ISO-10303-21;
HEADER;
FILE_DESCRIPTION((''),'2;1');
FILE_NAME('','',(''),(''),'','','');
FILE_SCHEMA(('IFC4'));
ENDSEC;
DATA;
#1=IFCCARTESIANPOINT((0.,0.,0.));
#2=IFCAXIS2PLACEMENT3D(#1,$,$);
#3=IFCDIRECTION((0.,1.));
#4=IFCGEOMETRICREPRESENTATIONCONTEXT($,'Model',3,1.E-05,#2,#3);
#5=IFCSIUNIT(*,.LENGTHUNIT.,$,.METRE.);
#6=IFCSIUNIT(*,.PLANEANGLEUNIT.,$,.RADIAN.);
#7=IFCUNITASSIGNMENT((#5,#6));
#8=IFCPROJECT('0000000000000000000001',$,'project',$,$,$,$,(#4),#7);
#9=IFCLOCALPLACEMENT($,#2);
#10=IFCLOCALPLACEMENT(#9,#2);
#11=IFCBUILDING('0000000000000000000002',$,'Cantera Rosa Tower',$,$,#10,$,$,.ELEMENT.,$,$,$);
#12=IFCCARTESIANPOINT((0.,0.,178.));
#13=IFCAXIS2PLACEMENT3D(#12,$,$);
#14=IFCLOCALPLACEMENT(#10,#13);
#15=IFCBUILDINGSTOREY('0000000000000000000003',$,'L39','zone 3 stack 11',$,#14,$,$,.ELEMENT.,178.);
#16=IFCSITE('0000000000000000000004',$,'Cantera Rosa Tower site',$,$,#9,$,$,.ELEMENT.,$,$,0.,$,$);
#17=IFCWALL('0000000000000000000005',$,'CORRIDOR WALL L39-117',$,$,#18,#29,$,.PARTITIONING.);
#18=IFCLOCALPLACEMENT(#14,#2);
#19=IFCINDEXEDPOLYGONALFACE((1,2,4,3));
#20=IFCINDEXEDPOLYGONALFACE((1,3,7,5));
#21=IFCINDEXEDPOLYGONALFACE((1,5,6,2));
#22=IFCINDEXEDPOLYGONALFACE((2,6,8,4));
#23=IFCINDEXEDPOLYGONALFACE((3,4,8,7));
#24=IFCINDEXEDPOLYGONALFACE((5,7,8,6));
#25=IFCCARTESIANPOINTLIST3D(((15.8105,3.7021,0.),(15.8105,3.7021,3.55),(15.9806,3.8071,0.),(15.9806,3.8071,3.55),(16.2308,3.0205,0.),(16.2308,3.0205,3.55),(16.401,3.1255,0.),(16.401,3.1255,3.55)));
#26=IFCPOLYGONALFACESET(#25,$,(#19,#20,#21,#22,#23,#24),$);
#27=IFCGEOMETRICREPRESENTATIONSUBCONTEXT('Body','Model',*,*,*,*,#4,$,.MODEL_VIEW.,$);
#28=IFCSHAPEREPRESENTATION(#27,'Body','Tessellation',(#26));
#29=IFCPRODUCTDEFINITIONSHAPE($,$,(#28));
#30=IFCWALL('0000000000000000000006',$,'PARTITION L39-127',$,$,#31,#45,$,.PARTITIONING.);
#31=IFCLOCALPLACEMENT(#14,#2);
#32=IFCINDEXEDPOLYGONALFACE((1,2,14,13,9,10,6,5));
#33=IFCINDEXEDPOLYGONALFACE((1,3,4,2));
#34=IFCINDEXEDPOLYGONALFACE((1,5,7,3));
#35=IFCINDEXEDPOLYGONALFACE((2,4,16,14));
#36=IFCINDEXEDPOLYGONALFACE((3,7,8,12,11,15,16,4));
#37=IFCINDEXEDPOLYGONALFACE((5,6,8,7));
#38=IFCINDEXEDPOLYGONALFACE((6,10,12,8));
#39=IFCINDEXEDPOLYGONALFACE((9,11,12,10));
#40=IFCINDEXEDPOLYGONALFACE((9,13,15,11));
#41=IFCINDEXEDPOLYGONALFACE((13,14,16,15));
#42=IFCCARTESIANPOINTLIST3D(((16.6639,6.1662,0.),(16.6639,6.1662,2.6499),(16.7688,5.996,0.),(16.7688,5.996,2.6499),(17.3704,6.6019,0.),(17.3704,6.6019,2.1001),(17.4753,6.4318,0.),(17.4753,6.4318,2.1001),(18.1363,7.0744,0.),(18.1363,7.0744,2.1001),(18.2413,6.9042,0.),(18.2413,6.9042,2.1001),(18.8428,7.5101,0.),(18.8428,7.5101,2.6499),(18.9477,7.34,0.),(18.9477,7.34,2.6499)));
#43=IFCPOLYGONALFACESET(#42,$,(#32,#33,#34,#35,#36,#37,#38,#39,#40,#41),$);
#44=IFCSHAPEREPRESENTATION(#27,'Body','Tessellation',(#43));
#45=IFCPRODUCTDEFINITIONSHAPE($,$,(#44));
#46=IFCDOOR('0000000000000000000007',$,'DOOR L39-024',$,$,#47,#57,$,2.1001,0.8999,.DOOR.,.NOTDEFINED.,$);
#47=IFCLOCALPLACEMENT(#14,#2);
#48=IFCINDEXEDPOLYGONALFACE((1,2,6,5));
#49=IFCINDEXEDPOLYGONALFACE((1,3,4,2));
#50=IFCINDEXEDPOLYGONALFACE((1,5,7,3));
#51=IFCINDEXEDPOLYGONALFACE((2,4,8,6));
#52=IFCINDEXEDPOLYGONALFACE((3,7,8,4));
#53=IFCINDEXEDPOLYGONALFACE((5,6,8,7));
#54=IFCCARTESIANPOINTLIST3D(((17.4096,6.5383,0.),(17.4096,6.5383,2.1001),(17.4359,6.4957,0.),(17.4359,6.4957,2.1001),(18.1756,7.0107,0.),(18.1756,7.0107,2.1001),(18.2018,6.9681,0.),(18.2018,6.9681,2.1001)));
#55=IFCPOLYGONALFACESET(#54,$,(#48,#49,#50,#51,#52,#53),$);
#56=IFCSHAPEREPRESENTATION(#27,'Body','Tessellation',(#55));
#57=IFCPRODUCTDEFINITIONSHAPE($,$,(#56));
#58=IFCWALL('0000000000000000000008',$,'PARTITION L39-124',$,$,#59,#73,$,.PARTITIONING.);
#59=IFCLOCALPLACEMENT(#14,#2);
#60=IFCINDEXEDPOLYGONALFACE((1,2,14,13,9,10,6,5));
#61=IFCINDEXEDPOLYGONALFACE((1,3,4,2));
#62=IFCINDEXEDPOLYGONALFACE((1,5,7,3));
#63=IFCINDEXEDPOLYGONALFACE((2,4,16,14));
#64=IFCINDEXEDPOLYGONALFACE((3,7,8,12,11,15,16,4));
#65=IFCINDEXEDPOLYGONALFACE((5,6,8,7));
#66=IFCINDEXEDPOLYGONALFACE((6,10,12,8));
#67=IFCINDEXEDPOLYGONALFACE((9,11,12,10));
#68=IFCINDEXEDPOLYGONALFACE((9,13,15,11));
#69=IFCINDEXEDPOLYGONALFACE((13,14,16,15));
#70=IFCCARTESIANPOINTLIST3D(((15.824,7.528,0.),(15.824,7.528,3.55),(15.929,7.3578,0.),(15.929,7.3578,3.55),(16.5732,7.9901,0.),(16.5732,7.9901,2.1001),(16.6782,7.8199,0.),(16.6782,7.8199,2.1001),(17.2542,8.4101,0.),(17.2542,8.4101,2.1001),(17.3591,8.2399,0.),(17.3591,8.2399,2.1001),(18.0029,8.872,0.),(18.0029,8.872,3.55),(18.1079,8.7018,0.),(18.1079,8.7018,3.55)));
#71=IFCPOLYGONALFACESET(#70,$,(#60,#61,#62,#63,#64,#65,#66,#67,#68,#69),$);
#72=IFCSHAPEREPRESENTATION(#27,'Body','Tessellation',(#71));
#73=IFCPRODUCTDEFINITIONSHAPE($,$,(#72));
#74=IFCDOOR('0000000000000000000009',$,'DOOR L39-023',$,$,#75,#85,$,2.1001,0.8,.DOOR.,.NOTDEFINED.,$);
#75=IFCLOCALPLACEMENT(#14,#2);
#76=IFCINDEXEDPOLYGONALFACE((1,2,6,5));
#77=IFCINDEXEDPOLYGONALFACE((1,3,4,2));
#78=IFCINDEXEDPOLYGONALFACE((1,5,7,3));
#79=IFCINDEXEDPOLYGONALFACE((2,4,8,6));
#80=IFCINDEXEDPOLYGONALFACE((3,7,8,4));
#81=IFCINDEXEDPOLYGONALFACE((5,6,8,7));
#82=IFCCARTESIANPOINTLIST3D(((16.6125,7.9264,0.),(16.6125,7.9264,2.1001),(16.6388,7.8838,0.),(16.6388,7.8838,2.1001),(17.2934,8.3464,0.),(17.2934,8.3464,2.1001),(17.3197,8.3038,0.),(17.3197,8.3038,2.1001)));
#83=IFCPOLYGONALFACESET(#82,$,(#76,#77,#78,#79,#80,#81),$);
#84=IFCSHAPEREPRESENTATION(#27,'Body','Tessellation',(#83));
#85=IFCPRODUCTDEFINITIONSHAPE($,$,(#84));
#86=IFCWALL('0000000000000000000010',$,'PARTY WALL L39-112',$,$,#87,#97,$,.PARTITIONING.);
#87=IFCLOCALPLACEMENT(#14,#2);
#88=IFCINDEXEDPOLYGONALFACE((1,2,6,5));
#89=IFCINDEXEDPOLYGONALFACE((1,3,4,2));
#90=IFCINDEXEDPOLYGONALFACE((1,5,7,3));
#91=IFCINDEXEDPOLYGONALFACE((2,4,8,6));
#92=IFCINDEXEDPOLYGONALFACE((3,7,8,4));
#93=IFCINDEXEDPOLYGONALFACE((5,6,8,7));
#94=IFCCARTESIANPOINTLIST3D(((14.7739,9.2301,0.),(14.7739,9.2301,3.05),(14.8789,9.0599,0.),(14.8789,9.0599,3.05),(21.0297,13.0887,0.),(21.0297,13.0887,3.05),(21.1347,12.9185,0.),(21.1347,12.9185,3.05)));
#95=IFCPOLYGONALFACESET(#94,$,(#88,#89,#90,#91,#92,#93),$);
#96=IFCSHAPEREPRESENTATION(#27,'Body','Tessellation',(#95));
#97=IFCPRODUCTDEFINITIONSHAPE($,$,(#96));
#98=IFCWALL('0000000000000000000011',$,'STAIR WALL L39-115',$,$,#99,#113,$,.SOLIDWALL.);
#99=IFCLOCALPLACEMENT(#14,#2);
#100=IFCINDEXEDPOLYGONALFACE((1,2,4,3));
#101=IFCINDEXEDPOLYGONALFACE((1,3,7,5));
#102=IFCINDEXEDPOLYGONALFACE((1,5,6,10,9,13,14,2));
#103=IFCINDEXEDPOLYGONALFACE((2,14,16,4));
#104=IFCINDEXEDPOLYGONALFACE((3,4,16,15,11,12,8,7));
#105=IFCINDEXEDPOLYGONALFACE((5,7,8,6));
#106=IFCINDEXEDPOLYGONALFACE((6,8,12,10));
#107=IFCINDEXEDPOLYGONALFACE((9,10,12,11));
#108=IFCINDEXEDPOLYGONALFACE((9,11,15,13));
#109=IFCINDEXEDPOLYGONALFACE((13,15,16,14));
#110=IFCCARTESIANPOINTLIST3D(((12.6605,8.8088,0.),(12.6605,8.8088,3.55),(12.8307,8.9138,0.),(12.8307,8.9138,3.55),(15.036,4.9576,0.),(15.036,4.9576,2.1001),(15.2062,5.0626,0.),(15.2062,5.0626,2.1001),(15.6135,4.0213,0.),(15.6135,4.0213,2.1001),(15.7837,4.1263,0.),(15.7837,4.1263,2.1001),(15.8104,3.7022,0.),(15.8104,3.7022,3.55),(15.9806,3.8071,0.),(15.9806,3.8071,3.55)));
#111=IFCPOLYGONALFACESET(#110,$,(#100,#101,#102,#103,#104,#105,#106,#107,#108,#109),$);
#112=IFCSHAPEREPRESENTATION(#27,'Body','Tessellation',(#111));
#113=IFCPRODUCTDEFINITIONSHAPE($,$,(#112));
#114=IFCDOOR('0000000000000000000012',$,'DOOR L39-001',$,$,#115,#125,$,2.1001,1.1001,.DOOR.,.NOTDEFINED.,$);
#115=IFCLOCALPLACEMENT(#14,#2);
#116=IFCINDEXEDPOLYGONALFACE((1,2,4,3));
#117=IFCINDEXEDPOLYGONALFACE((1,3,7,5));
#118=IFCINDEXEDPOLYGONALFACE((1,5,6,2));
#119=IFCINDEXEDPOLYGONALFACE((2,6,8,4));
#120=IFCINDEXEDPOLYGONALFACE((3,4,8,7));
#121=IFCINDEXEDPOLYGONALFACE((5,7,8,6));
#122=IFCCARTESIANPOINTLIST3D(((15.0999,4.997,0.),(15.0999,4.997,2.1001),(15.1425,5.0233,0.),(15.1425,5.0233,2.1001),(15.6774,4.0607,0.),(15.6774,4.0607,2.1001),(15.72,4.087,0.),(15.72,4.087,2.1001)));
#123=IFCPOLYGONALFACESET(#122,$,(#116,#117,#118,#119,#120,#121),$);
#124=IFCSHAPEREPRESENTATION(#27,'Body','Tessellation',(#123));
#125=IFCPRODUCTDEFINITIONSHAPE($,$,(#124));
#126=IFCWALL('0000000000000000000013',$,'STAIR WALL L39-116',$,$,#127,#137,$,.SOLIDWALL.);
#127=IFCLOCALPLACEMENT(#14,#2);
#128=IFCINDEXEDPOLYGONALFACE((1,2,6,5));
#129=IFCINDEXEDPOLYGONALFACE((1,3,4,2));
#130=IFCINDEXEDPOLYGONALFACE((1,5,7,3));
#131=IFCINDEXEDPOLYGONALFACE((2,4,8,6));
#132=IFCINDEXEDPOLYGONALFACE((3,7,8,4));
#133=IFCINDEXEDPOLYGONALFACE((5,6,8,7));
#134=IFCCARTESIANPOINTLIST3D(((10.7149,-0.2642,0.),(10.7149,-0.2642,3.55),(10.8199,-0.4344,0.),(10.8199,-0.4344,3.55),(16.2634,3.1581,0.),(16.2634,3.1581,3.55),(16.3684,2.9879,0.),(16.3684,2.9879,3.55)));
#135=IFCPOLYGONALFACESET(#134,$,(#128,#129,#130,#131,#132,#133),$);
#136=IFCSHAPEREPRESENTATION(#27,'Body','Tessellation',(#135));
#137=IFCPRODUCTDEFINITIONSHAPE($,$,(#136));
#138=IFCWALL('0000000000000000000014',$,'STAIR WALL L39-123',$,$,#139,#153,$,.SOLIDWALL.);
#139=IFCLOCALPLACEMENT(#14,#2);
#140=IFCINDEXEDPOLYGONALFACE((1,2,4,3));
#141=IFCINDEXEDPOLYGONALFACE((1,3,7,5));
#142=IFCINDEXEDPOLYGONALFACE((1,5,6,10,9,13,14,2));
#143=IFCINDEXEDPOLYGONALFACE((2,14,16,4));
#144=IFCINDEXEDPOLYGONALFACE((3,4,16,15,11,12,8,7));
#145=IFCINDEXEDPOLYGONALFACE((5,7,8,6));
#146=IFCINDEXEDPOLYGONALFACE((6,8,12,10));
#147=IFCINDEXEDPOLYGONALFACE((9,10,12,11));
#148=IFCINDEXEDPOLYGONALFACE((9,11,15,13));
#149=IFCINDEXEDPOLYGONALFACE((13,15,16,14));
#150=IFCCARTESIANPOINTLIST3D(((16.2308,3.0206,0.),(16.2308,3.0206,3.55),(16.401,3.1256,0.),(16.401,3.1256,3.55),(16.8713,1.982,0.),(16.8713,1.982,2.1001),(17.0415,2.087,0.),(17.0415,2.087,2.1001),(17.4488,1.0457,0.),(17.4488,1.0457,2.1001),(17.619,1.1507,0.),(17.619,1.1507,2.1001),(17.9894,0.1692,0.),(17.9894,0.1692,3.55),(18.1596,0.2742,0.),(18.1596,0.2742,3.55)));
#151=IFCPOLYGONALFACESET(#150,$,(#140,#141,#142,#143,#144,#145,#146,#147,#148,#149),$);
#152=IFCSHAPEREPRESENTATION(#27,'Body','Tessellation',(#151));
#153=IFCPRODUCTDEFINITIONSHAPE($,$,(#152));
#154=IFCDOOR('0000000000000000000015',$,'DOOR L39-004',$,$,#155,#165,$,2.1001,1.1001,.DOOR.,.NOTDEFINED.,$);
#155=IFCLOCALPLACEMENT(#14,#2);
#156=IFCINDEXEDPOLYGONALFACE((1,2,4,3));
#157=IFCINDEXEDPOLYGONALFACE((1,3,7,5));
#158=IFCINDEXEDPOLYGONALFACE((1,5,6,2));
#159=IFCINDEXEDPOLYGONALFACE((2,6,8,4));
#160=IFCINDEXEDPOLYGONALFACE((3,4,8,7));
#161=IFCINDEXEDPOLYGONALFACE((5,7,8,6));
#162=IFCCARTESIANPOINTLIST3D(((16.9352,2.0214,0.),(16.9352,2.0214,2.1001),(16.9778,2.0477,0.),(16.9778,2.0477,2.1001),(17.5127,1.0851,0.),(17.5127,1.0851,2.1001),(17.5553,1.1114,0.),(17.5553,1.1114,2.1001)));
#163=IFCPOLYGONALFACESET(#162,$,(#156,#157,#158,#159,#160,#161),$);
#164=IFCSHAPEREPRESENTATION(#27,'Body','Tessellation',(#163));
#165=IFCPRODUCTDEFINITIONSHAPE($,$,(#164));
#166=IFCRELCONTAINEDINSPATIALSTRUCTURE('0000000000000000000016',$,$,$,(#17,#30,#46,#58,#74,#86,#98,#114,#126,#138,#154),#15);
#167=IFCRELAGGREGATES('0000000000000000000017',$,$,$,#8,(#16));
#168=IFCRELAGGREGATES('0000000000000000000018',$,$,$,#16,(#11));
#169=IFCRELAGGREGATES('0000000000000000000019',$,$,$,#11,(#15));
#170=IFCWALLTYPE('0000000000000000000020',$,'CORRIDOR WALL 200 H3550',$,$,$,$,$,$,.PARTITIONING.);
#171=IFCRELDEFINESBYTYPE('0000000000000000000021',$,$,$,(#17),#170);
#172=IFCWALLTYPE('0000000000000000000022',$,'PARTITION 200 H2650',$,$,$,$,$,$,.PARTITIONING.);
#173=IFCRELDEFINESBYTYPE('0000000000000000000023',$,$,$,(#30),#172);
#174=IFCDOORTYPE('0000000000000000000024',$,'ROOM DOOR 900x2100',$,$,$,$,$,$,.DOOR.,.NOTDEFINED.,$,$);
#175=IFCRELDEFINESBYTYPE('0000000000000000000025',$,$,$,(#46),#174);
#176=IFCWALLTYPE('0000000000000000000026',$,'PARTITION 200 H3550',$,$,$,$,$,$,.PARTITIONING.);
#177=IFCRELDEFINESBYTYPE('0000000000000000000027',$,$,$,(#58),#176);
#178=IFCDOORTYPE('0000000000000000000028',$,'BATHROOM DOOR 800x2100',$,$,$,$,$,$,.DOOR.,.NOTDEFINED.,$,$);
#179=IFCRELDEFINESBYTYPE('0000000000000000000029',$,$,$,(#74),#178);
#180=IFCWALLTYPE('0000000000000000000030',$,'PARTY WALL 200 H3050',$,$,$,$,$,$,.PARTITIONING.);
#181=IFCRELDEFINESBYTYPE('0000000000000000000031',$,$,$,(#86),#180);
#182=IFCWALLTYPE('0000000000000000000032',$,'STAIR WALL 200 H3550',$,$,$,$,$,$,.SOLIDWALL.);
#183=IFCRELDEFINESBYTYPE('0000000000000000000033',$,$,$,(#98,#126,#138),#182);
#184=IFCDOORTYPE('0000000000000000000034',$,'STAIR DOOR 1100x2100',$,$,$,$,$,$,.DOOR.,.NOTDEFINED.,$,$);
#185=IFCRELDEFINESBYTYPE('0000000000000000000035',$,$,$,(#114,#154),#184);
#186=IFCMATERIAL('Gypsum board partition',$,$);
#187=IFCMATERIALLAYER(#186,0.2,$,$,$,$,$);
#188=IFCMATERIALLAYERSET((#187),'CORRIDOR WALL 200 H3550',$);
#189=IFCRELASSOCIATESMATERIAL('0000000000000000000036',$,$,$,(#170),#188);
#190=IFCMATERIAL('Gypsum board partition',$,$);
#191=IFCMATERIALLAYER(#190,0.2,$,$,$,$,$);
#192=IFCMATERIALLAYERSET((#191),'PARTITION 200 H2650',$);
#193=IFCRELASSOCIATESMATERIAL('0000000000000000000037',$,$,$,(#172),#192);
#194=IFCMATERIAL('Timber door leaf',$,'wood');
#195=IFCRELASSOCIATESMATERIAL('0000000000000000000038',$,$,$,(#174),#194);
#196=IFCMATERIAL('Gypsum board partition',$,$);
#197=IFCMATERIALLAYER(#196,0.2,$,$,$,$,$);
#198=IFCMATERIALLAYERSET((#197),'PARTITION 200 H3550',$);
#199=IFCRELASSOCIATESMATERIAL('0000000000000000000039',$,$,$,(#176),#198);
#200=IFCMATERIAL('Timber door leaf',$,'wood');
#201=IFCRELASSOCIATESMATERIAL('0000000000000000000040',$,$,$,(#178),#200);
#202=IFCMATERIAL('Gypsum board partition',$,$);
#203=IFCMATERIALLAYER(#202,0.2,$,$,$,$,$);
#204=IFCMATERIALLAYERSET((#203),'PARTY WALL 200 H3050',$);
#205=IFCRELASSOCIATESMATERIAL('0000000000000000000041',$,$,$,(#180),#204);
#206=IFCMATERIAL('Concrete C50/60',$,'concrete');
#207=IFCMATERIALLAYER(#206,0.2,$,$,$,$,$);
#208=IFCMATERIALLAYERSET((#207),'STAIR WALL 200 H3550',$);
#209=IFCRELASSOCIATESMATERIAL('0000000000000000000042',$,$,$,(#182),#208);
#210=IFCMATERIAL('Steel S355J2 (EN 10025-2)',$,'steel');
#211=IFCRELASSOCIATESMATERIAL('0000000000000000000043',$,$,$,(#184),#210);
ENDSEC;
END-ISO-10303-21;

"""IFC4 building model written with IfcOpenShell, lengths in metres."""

from ifc_helpers import new_model, si_unit, direction, frame, frame_2d, origin, place, context, subcontext, project, spatial, rectangle, extrude, material, layer, layer_set, type_object, element, fill, save


model = new_model("IFC4")

# Units and contexts
model_context = context("Model", 3, precision=1e-05, world=origin(), true_north=direction((0.0, 1.0)))
body_context = subcontext(model_context, "Body", "Model", "MODEL_VIEW")
ifc_project = project(units=[si_unit("LENGTHUNIT", "METRE"), si_unit("PLANEANGLEUNIT", "RADIAN")], contexts=[model_context])

# Site, building, storey
site_placement = place(None, origin())
site = spatial("IfcSite", under=ifc_project, at=site_placement, Name="Cantera Rosa Tower site", CompositionType="ELEMENT", RefElevation=0.0)
building_placement = place(site_placement, origin())
building = spatial("IfcBuilding", under=site, at=building_placement, Name="Cantera Rosa Tower", CompositionType="ELEMENT")
storey_placement = place(building_placement, frame((0.0, 0.0, 178.0)))
storey = spatial("IfcBuildingStorey", under=building, at=storey_placement, Name="L39", Description="zone 3 stack 11", CompositionType="ELEMENT", Elevation=178.0)

# Wall
ifc_material_1 = material(Name="Gypsum board partition")
ifc_layer_1 = layer(ifc_material_1, 0.2)
ifc_layer_set_1 = layer_set([ifc_layer_1], Name="CORRIDOR WALL 200 H3550")
wall_type_1 = type_object("IfcWallType", Name="CORRIDOR WALL 200 H3550", PredefinedType="PARTITIONING", material=ifc_layer_set_1)
wall_1_placement = place(storey_placement, frame((16.3159, 3.073, 0.0), z_axis=(0.0, 0.0, 1.0), x_axis=(-0.524948, 0.851135, 0.0)))
element("IfcWall", 1, at=wall_1_placement, inside=storey, type_object=wall_type_1, Name="CORRIDOR WALL L39-117", PredefinedType="PARTITIONING", context=body_context, shape_type="SweptSolid", body=[
    extrude(rectangle(XDim=0.8008, YDim=0.2, at=frame_2d((0.4004, 0.0))), origin(), (0.0, 0.0, 1.0), 3.55),
])

# Walls, openings, doors
ifc_material_2 = material(Name="Gypsum board partition")
ifc_layer_2 = layer(ifc_material_2, 0.2)
ifc_layer_set_2 = layer_set([ifc_layer_2], Name="PARTITION 200 H2650")
wall_type_2 = type_object("IfcWallType", Name="PARTITION 200 H2650", PredefinedType="PARTITIONING", material=ifc_layer_set_2)
wall_2_placement = place(storey_placement, frame((18.8953, 7.425, 0.0), z_axis=(0.0, 0.0, 1.0), x_axis=(-0.851118, -0.524975, 0.0)))
wall_2 = element("IfcWall", 2, at=wall_2_placement, inside=storey, type_object=wall_type_2, Name="PARTITION L39-127", PredefinedType="PARTITIONING", context=body_context, shape_type="SweptSolid", body=[
    extrude(rectangle(XDim=2.5601, YDim=0.2, at=frame_2d((1.28, 0.0))), origin(), (0.0, 0.0, 1.0), 2.6499),
])
opening_1_placement = place(wall_2_placement, frame((0.8301, 0.0, 0.0)))
opening_1 = element("IfcOpeningElement", 3, at=opening_1_placement, cuts=wall_2, PredefinedType="OPENING", context=body_context, shape_type="SweptSolid", body=[
    extrude(rectangle(XDim=0.8999, YDim=2.1001, at=frame_2d((0.45, 1.05))), frame((0.0, 0.1099, 0.0), z_axis=(0.0, -1.0, 0.0), x_axis=(1.0, 0.0, 0.0)), (0.0, 0.0, 1.0), 0.22),
])
ifc_material_3 = material(Name="Timber door leaf", Category="wood")
door_type_1 = type_object("IfcDoorType", Name="ROOM DOOR 900x2100", OperationType="NOTDEFINED", PredefinedType="DOOR", material=ifc_material_3)
door_1_placement = place(opening_1_placement, origin())
door_1 = element("IfcDoor", 4, at=door_1_placement, inside=storey, type_object=door_type_1, Name="DOOR L39-024", OperationType="NOTDEFINED", OverallHeight=2.1001, OverallWidth=0.8999, PredefinedType="DOOR", context=body_context, shape_type="SweptSolid", body=[
    extrude(rectangle(XDim=0.8999, YDim=2.1001, at=frame_2d((0.45, 1.05))), frame((0.0, 0.0249, 0.0), z_axis=(0.0, -1.0, 0.0), x_axis=(1.0, 0.0, 0.0)), (0.0, 0.0, 1.0), 0.05),
])
fill(opening_1, door_1)
ifc_material_4 = material(Name="Gypsum board partition")
ifc_layer_3 = layer(ifc_material_4, 0.2)
ifc_layer_set_3 = layer_set([ifc_layer_3], Name="PARTITION 200 H3550")
wall_type_3 = type_object("IfcWallType", Name="PARTITION 200 H3550", PredefinedType="PARTITIONING", material=ifc_layer_set_3)
wall_3_placement = place(storey_placement, frame((18.0554, 8.7869, 0.0), z_axis=(0.0, 0.0, 1.0), x_axis=(-0.851118, -0.524975, 0.0)))
wall_3 = element("IfcWall", 5, at=wall_3_placement, inside=storey, type_object=wall_type_3, Name="PARTITION L39-124", PredefinedType="PARTITIONING", context=body_context, shape_type="SweptSolid", body=[
    extrude(rectangle(XDim=2.5601, YDim=0.2, at=frame_2d((1.28, 0.0))), origin(), (0.0, 0.0, 1.0), 3.55),
])
opening_2_placement = place(wall_3_placement, frame((0.8799, 0.0, 0.0)))
opening_2 = element("IfcOpeningElement", 6, at=opening_2_placement, cuts=wall_3, PredefinedType="OPENING", context=body_context, shape_type="SweptSolid", body=[
    extrude(rectangle(XDim=0.8, YDim=2.1001, at=frame_2d((0.3999, 1.05))), frame((0.0, 0.1099, 0.0), z_axis=(0.0, -1.0, 0.0), x_axis=(1.0, 0.0, 0.0)), (0.0, 0.0, 1.0), 0.22),
])
ifc_material_5 = material(Name="Timber door leaf", Category="wood")
door_type_2 = type_object("IfcDoorType", Name="BATHROOM DOOR 800x2100", OperationType="NOTDEFINED", PredefinedType="DOOR", material=ifc_material_5)
door_2_placement = place(opening_2_placement, origin())
door_2 = element("IfcDoor", 7, at=door_2_placement, inside=storey, type_object=door_type_2, Name="DOOR L39-023", OperationType="NOTDEFINED", OverallHeight=2.1001, OverallWidth=0.8, PredefinedType="DOOR", context=body_context, shape_type="SweptSolid", body=[
    extrude(rectangle(XDim=0.8, YDim=2.1001, at=frame_2d((0.3999, 1.05))), frame((0.0, 0.0249, 0.0), z_axis=(0.0, -1.0, 0.0), x_axis=(1.0, 0.0, 0.0)), (0.0, 0.0, 1.0), 0.05),
])
fill(opening_2, door_2)

# Wall
ifc_material_6 = material(Name="Gypsum board partition")
ifc_layer_4 = layer(ifc_material_6, 0.2)
ifc_layer_set_4 = layer_set([ifc_layer_4], Name="PARTY WALL 200 H3050")
wall_type_4 = type_object("IfcWallType", Name="PARTY WALL 200 H3050", PredefinedType="PARTITIONING", material=ifc_layer_set_4)
wall_4_placement = place(storey_placement, frame((14.8264, 9.145, 0.0), z_axis=(0.0, 0.0, 1.0), x_axis=(0.851118, 0.524974, 0.0)))
element("IfcWall", 8, at=wall_4_placement, inside=storey, type_object=wall_type_4, Name="PARTY WALL L39-112", PredefinedType="PARTITIONING", context=body_context, shape_type="SweptSolid", body=[
    extrude(rectangle(XDim=7.3501, YDim=0.2, at=frame_2d((3.675, 0.0))), origin(), (0.0, 0.0, 1.0), 3.05),
])

# Wall, opening, door
ifc_material_7 = material(Name="Concrete C50/60", Category="concrete")
ifc_layer_5 = layer(ifc_material_7, 0.2)
ifc_layer_set_5 = layer_set([ifc_layer_5], Name="STAIR WALL 200 H3550")
wall_type_5 = type_object("IfcWallType", Name="STAIR WALL 200 H3550", PredefinedType="SOLIDWALL", material=ifc_layer_set_5)
wall_5_placement = place(storey_placement, frame((15.8955, 3.7546, 0.0), z_axis=(0.0, 0.0, 1.0), x_axis=(-0.524983, 0.851113, 0.0)))
wall_5 = element("IfcWall", 9, at=wall_5_placement, inside=storey, type_object=wall_type_5, Name="STAIR WALL L39-115", PredefinedType="SOLIDWALL", context=body_context, shape_type="SweptSolid", body=[
    extrude(rectangle(XDim=6.0, YDim=0.2, at=frame_2d((3.0, 0.0))), origin(), (0.0, 0.0, 1.0), 3.55),
])
opening_3_placement = place(wall_5_placement, frame((0.375, 0.0, 0.0)))
opening_3 = element("IfcOpeningElement", 10, at=opening_3_placement, cuts=wall_5, PredefinedType="OPENING", context=body_context, shape_type="SweptSolid", body=[
    extrude(rectangle(XDim=1.1001, YDim=2.1001, at=frame_2d((0.55, 1.05))), frame((0.0, 0.1099, 0.0), z_axis=(0.0, -1.0, 0.0), x_axis=(1.0, 0.0, 0.0)), (0.0, 0.0, 1.0), 0.22),
])
ifc_material_8 = material(Name="Steel S355J2 (EN 10025-2)", Category="steel")
door_type_3 = type_object("IfcDoorType", Name="STAIR DOOR 1100x2100", OperationType="NOTDEFINED", PredefinedType="DOOR", material=ifc_material_8)
door_3_placement = place(opening_3_placement, origin())
door_3 = element("IfcDoor", 11, at=door_3_placement, inside=storey, type_object=door_type_3, Name="DOOR L39-001", OperationType="NOTDEFINED", OverallHeight=2.1001, OverallWidth=1.1001, PredefinedType="DOOR", context=body_context, shape_type="SweptSolid", body=[
    extrude(rectangle(XDim=1.1001, YDim=2.1001, at=frame_2d((0.55, 1.05))), frame((0.0, 0.0249, 0.0), z_axis=(0.0, -1.0, 0.0), x_axis=(1.0, 0.0, 0.0)), (0.0, 0.0, 1.0), 0.05),
])
fill(opening_3, door_3)

# Wall
wall_6_placement = place(storey_placement, frame((16.3159, 3.073, 0.0), z_axis=(0.0, 0.0, 1.0), x_axis=(-0.85112, -0.524971, 0.0)))
element("IfcWall", 12, at=wall_6_placement, inside=storey, type_object=wall_type_5, Name="STAIR WALL L39-116", PredefinedType="SOLIDWALL", context=body_context, shape_type="SweptSolid", body=[
    extrude(rectangle(XDim=6.519, YDim=0.2, at=frame_2d((3.2595, 0.0))), origin(), (0.0, 0.0, 1.0), 3.55),
])

# Wall, opening, door
wall_7_placement = place(storey_placement, frame((18.0745, 0.2217, 0.0), z_axis=(0.0, 0.0, 1.0), x_axis=(-0.524939, 0.85114, 0.0)))
wall_7 = element("IfcWall", 13, at=wall_7_placement, inside=storey, type_object=wall_type_5, Name="STAIR WALL L39-123", PredefinedType="SOLIDWALL", context=body_context, shape_type="SweptSolid", body=[
    extrude(rectangle(XDim=3.3501, YDim=0.2, at=frame_2d((1.675, 0.0))), origin(), (0.0, 0.0, 1.0), 3.55),
])
opening_4_placement = place(wall_7_placement, frame((1.0298, 0.0, 0.0)))
opening_4 = element("IfcOpeningElement", 14, at=opening_4_placement, cuts=wall_7, PredefinedType="OPENING", context=body_context, shape_type="SweptSolid", body=[
    extrude(rectangle(XDim=1.1001, YDim=2.1001, at=frame_2d((0.55, 1.05))), frame((0.0, 0.1099, 0.0), z_axis=(0.0, -1.0, 0.0), x_axis=(1.0, 0.0, 0.0)), (0.0, 0.0, 1.0), 0.22),
])
door_4_placement = place(opening_4_placement, origin())
door_4 = element("IfcDoor", 15, at=door_4_placement, inside=storey, type_object=door_type_3, Name="DOOR L39-004", OperationType="NOTDEFINED", OverallHeight=2.1001, OverallWidth=1.1001, PredefinedType="DOOR", context=body_context, shape_type="SweptSolid", body=[
    extrude(rectangle(XDim=1.1001, YDim=2.1001, at=frame_2d((0.55, 1.05))), frame((0.0, 0.0249, 0.0), z_axis=(0.0, -1.0, 0.0), x_axis=(1.0, 0.0, 0.0)), (0.0, 0.0, 1.0), 0.05),
])
fill(opening_4, door_4)

save(model, "model.ifc")
